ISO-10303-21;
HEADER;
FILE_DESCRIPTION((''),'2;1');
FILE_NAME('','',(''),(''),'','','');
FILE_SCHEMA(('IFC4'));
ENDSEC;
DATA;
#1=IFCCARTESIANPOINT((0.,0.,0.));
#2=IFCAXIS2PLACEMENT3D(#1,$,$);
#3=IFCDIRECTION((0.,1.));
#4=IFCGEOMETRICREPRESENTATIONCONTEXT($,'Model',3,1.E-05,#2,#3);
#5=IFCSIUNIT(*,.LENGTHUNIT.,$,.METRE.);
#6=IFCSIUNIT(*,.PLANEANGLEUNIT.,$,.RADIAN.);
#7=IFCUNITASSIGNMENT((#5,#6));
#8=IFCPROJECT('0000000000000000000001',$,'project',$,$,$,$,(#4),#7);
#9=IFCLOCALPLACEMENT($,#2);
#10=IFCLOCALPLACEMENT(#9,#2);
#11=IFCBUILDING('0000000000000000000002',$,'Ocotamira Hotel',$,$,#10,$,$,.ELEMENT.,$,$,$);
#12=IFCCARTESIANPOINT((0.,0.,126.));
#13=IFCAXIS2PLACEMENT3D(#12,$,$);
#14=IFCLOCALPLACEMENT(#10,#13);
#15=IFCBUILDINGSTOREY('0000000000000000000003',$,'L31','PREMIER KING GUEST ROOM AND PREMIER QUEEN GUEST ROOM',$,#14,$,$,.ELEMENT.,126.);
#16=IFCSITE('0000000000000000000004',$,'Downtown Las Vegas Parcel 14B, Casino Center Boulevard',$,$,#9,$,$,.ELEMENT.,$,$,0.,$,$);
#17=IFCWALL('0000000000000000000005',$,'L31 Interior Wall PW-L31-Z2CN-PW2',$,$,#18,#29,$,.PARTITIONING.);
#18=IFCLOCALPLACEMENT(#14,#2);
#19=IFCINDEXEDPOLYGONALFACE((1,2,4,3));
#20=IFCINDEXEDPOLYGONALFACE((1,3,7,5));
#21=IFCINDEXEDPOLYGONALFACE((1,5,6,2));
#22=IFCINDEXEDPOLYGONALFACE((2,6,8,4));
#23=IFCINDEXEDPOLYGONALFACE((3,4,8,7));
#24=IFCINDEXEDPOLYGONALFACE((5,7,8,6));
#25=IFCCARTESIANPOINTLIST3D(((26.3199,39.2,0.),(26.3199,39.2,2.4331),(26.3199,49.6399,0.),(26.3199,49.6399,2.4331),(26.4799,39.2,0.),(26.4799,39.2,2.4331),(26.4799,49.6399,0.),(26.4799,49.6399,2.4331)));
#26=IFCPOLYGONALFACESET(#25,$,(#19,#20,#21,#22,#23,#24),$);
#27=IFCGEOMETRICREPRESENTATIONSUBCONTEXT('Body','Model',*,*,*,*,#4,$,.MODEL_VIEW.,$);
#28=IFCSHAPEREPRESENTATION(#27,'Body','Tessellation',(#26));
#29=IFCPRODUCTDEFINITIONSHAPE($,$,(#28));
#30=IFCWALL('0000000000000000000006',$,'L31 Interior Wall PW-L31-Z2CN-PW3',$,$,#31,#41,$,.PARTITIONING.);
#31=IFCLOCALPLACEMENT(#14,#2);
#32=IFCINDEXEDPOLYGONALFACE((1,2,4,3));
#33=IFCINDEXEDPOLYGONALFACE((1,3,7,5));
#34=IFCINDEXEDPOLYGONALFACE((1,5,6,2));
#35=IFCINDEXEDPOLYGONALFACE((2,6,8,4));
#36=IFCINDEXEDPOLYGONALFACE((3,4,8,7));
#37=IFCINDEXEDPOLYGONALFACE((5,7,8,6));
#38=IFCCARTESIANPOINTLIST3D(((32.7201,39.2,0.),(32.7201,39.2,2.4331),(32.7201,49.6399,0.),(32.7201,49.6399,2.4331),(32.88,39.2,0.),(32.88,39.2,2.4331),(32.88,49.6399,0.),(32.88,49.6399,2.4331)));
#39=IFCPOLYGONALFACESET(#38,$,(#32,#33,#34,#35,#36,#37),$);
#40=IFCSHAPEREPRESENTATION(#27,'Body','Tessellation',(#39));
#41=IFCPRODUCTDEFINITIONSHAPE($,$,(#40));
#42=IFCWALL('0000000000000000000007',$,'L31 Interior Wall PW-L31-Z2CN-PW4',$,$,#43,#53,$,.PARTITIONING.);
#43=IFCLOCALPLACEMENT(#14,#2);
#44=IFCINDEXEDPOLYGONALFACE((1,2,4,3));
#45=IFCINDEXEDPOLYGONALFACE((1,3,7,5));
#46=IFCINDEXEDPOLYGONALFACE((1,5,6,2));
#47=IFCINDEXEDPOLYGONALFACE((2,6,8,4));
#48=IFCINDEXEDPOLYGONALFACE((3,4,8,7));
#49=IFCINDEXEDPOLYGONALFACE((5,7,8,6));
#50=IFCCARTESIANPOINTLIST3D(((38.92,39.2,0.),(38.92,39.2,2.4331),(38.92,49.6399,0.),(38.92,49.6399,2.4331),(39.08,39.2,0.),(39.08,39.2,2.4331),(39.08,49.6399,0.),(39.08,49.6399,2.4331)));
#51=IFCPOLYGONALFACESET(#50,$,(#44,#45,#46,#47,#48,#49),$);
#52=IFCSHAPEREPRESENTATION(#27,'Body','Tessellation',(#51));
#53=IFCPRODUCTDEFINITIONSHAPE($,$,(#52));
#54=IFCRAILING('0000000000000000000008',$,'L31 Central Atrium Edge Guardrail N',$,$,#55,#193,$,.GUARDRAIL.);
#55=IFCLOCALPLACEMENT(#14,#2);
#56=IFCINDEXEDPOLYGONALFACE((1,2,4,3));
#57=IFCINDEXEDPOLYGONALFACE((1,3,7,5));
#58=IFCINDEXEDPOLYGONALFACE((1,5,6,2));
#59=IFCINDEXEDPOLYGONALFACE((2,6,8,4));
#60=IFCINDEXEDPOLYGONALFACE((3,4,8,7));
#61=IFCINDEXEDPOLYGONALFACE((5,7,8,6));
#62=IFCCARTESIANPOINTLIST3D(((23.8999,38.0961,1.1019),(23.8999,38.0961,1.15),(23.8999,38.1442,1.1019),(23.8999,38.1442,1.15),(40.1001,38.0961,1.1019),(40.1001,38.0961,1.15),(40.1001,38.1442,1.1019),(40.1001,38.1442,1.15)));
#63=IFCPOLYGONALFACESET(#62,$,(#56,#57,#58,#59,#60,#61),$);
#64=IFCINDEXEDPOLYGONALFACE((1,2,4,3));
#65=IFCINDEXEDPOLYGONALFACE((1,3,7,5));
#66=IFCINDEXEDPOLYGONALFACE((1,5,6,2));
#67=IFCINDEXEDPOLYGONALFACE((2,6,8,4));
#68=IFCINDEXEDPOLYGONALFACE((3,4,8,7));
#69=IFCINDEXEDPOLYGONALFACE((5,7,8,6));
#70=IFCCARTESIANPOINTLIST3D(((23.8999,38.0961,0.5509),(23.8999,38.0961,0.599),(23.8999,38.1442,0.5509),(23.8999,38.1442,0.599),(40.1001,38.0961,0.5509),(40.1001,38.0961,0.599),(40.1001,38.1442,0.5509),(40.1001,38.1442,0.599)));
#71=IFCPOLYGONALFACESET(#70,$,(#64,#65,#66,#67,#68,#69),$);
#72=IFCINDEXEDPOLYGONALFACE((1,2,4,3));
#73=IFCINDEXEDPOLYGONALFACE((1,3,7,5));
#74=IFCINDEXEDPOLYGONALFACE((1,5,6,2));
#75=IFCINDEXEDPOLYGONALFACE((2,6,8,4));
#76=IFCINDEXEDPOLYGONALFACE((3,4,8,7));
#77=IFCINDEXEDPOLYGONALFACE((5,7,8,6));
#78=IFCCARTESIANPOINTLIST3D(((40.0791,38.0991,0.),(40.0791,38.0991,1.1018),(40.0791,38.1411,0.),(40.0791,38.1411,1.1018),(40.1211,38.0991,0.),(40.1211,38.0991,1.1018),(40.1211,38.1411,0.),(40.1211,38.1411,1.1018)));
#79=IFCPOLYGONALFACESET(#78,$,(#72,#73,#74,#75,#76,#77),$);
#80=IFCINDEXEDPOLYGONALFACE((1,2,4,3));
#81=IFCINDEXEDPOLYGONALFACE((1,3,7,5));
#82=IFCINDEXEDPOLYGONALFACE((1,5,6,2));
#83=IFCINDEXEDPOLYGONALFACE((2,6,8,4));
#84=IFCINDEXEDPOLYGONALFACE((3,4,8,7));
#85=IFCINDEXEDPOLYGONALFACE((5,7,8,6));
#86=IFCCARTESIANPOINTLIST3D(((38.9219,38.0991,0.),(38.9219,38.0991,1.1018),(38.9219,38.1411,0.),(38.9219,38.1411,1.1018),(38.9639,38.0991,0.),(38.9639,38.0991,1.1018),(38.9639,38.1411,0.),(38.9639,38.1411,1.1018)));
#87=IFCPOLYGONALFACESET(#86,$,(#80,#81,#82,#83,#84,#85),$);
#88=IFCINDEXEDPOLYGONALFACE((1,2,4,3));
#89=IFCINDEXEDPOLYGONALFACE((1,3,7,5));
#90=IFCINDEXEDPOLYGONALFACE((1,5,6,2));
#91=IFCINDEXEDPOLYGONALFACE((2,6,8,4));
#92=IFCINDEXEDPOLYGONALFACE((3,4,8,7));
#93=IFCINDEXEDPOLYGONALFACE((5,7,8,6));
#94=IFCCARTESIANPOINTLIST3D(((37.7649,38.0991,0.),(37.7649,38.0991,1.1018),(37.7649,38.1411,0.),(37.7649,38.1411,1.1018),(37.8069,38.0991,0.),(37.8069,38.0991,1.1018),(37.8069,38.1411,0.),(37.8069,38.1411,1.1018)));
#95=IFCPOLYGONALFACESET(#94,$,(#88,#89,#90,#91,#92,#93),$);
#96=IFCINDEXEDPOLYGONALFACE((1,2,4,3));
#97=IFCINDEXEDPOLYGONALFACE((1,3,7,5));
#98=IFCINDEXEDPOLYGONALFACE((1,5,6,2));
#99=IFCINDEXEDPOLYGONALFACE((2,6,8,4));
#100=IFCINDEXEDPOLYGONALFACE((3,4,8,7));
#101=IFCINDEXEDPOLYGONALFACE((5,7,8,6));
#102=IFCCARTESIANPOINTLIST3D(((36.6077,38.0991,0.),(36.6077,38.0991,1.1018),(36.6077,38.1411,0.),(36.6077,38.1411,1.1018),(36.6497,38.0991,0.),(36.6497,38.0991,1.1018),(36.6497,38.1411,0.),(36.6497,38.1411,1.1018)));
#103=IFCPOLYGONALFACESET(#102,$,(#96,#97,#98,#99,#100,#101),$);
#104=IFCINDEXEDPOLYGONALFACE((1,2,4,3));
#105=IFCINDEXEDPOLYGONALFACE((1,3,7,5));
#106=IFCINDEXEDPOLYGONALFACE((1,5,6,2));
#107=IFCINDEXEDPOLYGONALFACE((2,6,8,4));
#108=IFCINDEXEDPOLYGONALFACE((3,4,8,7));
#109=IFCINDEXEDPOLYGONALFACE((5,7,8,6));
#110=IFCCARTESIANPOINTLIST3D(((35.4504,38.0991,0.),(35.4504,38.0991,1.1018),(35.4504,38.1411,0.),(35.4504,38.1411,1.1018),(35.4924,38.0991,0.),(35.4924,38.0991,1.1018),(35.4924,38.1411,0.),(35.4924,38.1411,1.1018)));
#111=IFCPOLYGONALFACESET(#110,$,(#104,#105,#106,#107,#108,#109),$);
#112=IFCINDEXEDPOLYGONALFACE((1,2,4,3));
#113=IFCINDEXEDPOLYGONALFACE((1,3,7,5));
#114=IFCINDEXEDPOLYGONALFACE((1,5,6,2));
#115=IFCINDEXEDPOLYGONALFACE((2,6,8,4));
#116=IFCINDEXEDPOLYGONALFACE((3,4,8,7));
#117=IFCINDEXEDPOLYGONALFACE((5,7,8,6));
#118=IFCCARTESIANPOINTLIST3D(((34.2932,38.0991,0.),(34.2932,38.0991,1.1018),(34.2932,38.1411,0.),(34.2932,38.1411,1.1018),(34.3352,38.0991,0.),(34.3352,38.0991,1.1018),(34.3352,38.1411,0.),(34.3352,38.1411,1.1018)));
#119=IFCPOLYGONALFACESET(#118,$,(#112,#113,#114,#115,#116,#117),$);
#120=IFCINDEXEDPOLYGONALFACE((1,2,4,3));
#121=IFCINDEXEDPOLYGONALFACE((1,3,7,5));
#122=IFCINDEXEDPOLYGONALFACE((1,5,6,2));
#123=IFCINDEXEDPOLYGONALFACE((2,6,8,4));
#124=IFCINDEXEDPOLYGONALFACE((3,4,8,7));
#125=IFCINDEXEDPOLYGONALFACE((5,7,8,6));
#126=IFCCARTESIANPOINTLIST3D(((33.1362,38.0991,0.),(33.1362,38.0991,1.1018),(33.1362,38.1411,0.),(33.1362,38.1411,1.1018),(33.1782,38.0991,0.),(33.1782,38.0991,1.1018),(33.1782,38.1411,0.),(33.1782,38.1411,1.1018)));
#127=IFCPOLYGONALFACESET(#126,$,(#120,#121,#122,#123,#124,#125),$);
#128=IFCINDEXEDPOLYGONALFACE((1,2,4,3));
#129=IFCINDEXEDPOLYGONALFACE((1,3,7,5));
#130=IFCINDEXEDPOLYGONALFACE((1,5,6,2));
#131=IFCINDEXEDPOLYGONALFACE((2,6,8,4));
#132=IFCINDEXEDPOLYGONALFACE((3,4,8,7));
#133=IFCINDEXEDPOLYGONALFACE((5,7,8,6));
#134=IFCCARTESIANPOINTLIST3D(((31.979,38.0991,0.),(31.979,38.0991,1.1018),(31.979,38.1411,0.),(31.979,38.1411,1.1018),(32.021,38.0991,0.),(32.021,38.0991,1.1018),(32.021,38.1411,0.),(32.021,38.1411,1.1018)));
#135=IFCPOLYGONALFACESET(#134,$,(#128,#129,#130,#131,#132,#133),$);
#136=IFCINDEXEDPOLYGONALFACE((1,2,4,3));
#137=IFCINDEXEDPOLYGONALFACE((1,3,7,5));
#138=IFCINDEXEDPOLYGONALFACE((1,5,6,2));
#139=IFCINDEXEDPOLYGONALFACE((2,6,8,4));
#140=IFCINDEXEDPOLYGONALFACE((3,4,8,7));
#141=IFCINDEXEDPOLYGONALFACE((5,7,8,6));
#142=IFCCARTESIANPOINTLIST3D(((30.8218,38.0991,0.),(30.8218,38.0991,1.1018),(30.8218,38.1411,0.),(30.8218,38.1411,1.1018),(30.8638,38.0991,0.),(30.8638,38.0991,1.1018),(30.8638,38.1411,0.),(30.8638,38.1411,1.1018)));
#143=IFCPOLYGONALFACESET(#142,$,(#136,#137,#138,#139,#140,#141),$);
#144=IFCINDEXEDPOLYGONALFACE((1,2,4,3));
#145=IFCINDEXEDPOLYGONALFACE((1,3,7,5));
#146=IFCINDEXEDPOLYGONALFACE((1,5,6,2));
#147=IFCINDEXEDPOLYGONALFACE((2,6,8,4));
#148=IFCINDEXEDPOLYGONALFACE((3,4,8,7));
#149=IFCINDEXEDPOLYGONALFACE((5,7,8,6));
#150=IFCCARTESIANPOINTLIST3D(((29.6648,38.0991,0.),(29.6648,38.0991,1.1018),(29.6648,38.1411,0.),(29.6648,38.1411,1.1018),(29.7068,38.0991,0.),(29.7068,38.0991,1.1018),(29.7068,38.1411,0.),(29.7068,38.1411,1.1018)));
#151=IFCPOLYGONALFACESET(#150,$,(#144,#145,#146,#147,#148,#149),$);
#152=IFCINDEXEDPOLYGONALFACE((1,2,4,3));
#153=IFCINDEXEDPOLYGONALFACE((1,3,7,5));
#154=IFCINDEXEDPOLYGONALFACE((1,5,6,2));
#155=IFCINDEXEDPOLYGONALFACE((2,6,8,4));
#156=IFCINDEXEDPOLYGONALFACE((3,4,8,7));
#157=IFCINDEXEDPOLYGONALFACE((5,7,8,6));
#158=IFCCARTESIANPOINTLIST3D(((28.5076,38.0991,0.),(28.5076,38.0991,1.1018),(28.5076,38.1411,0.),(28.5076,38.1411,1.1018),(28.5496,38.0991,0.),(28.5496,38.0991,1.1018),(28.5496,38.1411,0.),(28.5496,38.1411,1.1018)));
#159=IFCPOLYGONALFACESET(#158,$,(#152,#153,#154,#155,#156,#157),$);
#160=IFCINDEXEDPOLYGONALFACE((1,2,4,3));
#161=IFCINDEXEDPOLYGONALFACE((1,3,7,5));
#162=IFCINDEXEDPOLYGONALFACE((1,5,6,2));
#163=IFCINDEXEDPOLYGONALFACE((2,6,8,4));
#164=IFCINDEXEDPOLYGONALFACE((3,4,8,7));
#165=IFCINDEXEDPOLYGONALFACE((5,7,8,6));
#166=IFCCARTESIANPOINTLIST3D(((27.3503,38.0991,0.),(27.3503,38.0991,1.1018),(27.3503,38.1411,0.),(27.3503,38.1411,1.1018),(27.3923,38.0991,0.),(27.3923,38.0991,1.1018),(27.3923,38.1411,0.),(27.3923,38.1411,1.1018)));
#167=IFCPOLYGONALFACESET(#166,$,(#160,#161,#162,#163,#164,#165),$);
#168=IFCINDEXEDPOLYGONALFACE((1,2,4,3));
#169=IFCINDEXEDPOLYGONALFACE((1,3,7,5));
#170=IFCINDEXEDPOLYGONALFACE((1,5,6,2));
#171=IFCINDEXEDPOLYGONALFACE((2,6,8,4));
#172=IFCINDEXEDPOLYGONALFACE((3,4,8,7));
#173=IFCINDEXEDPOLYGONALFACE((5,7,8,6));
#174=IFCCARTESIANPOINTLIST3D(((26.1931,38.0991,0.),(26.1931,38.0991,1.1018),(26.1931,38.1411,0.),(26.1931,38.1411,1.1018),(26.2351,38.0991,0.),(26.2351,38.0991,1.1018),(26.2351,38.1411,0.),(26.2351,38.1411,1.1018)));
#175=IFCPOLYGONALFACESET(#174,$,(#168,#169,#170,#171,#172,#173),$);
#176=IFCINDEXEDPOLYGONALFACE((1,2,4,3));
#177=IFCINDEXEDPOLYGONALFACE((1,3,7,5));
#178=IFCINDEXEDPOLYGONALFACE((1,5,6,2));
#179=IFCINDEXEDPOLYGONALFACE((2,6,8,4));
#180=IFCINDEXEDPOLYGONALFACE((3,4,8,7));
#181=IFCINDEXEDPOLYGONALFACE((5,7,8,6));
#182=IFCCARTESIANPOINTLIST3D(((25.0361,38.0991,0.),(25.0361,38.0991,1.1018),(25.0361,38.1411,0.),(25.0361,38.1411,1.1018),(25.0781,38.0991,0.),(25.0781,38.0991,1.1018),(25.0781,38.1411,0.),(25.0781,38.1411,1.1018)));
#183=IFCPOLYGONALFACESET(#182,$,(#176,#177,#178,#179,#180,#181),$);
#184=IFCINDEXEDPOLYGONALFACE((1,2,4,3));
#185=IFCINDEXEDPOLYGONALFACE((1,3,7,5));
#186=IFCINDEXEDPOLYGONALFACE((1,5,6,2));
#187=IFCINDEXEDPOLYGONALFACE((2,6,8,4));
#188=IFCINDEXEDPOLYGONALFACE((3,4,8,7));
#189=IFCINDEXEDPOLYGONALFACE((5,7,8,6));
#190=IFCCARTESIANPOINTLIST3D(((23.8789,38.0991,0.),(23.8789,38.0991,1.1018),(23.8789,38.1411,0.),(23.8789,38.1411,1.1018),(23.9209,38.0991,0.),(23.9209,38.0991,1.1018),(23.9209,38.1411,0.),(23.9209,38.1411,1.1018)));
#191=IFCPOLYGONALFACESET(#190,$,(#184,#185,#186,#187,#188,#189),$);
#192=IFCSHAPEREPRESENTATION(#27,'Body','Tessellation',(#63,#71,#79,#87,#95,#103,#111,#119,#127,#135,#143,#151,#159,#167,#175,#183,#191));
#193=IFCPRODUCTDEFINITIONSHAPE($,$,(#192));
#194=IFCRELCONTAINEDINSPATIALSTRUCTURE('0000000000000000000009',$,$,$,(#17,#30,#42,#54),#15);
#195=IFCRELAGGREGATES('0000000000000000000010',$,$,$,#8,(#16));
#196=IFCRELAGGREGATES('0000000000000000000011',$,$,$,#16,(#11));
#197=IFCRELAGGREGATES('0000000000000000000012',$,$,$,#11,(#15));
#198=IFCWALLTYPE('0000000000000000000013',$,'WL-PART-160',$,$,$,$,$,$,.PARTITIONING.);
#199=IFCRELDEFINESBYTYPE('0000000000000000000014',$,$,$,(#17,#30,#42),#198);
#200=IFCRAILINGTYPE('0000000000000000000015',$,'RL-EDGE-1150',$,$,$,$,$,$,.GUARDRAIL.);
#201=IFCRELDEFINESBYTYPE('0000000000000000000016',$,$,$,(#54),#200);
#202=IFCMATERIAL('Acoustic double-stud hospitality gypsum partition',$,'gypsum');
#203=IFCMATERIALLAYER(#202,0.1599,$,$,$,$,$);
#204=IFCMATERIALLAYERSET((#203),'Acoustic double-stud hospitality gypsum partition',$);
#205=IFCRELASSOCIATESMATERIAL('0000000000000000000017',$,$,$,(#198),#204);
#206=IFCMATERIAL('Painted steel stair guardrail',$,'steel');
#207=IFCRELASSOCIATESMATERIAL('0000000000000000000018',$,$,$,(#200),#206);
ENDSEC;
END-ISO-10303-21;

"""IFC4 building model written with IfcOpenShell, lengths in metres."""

from ifc_helpers import new_model, si_unit, direction, frame, frame_2d, origin, origin_2d, place, context, subcontext, project, spatial, rectangle, extrude, material, layer, layer_set, type_object, element, save


model = new_model("IFC4")

# Units and contexts
model_context = context("Model", 3, precision=1e-05, world=origin(), true_north=direction((0.0, 1.0)))
body_context = subcontext(model_context, "Body", "Model", "MODEL_VIEW")
ifc_project = project(units=[si_unit("LENGTHUNIT", "METRE"), si_unit("PLANEANGLEUNIT", "RADIAN")], contexts=[model_context])

# Site, building, storey
site_placement = place(None, origin())
site = spatial("IfcSite", under=ifc_project, at=site_placement, Name="Downtown Las Vegas Parcel 14B, Casino Center Boulevard", CompositionType="ELEMENT", RefElevation=0.0)
building_placement = place(site_placement, origin())
building = spatial("IfcBuilding", under=site, at=building_placement, Name="Ocotamira Hotel", CompositionType="ELEMENT")
storey_placement = place(building_placement, frame((0.0, 0.0, 126.0)))
storey = spatial("IfcBuildingStorey", under=building, at=storey_placement, Name="L31", Description="PREMIER KING GUEST ROOM AND PREMIER QUEEN GUEST ROOM", CompositionType="ELEMENT", Elevation=126.0)

# Walls
ifc_material_1 = material(Name="Acoustic double-stud hospitality gypsum partition", Category="gypsum")
ifc_layer_1 = layer(ifc_material_1, 0.1599)
ifc_layer_set_1 = layer_set([ifc_layer_1], Name="Acoustic double-stud hospitality gypsum partition")
wall_type_1 = type_object("IfcWallType", Name="WL-PART-160", PredefinedType="PARTITIONING", material=ifc_layer_set_1)
for number, where, z_axis, x_axis, name in (
    (1, (26.3999, 39.2, 0.0), (0.0, 0.0, 1.0), (0.0, 1.0, 0.0), "L31 Interior Wall PW-L31-Z2CN-PW2"),
    (2, (32.8, 39.2, 0.0), (0.0, 0.0, 1.0), (0.0, 1.0, 0.0), "L31 Interior Wall PW-L31-Z2CN-PW3"),
    (3, (39.0, 39.2, 0.0), (0.0, 0.0, 1.0), (0.0, 1.0, 0.0), "L31 Interior Wall PW-L31-Z2CN-PW4"),
):
    element("IfcWall", number, at=place(storey_placement, frame(where, z_axis=z_axis, x_axis=x_axis)), inside=storey, type_object=wall_type_1, Name=name, PredefinedType="PARTITIONING", context=body_context, shape_type="SweptSolid", body=[
        extrude(rectangle(XDim=10.4399, YDim=0.1599, at=frame_2d((5.22, 0.0))), origin(), (0.0, 0.0, 1.0), 2.4331),
    ])

# Railing
ifc_material_2 = material(Name="Painted steel stair guardrail", Category="steel")
railing_type = type_object("IfcRailingType", Name="RL-EDGE-1150", PredefinedType="GUARDRAIL", material=ifc_material_2)
railing_placement = place(storey_placement, frame((40.1001, 38.1201, 0.0)))
element("IfcRailing", 4, at=railing_placement, inside=storey, type_object=railing_type, Name="L31 Central Atrium Edge Guardrail N", PredefinedType="GUARDRAIL", context=body_context, shape_type="SweptSolid", body=[
    extrude(rectangle(XDim=0.0481, YDim=0.0481, at=origin_2d()), frame((0.0, 0.0, 1.126), z_axis=(-1.0, 0.0, 0.0), x_axis=(0.0, -1.0, 0.0)), (0.0, 0.0, 1.0), 16.2002),
    extrude(rectangle(XDim=0.0481, YDim=0.0481, at=origin_2d()), frame((0.0, 0.0, 0.575), z_axis=(-1.0, 0.0, 0.0), x_axis=(0.0, -1.0, 0.0)), (0.0, 0.0, 1.0), 16.2002),
    extrude(rectangle(XDim=0.042, YDim=0.042, at=origin_2d()), origin(), (0.0, 0.0, 1.0), 1.1018),
    extrude(rectangle(XDim=0.042, YDim=0.042, at=origin_2d()), frame((-1.1572, 0.0, 0.0)), (0.0, 0.0, 1.0), 1.1018),
    extrude(rectangle(XDim=0.042, YDim=0.042, at=origin_2d()), frame((-2.3142, 0.0, 0.0)), (0.0, 0.0, 1.0), 1.1018),
    extrude(rectangle(XDim=0.042, YDim=0.042, at=origin_2d()), frame((-3.4714, 0.0, 0.0)), (0.0, 0.0, 1.0), 1.1018),
    extrude(rectangle(XDim=0.042, YDim=0.042, at=origin_2d()), frame((-4.6287, 0.0, 0.0)), (0.0, 0.0, 1.0), 1.1018),
    extrude(rectangle(XDim=0.042, YDim=0.042, at=origin_2d()), frame((-5.7859, 0.0, 0.0)), (0.0, 0.0, 1.0), 1.1018),
    extrude(rectangle(XDim=0.042, YDim=0.042, at=origin_2d()), frame((-6.9429, 0.0, 0.0)), (0.0, 0.0, 1.0), 1.1018),
    extrude(rectangle(XDim=0.042, YDim=0.042, at=origin_2d()), frame((-8.1001, 0.0, 0.0)), (0.0, 0.0, 1.0), 1.1018),
    extrude(rectangle(XDim=0.042, YDim=0.042, at=origin_2d()), frame((-9.2573, 0.0, 0.0)), (0.0, 0.0, 1.0), 1.1018),
    extrude(rectangle(XDim=0.042, YDim=0.042, at=origin_2d()), frame((-10.4143, 0.0, 0.0)), (0.0, 0.0, 1.0), 1.1018),
    extrude(rectangle(XDim=0.042, YDim=0.042, at=origin_2d()), frame((-11.5715, 0.0, 0.0)), (0.0, 0.0, 1.0), 1.1018),
    extrude(rectangle(XDim=0.042, YDim=0.042, at=origin_2d()), frame((-12.7288, 0.0, 0.0)), (0.0, 0.0, 1.0), 1.1018),
    extrude(rectangle(XDim=0.042, YDim=0.042, at=origin_2d()), frame((-13.886, 0.0, 0.0)), (0.0, 0.0, 1.0), 1.1018),
    extrude(rectangle(XDim=0.042, YDim=0.042, at=origin_2d()), frame((-15.043, 0.0, 0.0)), (0.0, 0.0, 1.0), 1.1018),
    extrude(rectangle(XDim=0.042, YDim=0.042, at=origin_2d()), frame((-16.2002, 0.0, 0.0)), (0.0, 0.0, 1.0), 1.1018),
])

save(model, "model.ifc")
